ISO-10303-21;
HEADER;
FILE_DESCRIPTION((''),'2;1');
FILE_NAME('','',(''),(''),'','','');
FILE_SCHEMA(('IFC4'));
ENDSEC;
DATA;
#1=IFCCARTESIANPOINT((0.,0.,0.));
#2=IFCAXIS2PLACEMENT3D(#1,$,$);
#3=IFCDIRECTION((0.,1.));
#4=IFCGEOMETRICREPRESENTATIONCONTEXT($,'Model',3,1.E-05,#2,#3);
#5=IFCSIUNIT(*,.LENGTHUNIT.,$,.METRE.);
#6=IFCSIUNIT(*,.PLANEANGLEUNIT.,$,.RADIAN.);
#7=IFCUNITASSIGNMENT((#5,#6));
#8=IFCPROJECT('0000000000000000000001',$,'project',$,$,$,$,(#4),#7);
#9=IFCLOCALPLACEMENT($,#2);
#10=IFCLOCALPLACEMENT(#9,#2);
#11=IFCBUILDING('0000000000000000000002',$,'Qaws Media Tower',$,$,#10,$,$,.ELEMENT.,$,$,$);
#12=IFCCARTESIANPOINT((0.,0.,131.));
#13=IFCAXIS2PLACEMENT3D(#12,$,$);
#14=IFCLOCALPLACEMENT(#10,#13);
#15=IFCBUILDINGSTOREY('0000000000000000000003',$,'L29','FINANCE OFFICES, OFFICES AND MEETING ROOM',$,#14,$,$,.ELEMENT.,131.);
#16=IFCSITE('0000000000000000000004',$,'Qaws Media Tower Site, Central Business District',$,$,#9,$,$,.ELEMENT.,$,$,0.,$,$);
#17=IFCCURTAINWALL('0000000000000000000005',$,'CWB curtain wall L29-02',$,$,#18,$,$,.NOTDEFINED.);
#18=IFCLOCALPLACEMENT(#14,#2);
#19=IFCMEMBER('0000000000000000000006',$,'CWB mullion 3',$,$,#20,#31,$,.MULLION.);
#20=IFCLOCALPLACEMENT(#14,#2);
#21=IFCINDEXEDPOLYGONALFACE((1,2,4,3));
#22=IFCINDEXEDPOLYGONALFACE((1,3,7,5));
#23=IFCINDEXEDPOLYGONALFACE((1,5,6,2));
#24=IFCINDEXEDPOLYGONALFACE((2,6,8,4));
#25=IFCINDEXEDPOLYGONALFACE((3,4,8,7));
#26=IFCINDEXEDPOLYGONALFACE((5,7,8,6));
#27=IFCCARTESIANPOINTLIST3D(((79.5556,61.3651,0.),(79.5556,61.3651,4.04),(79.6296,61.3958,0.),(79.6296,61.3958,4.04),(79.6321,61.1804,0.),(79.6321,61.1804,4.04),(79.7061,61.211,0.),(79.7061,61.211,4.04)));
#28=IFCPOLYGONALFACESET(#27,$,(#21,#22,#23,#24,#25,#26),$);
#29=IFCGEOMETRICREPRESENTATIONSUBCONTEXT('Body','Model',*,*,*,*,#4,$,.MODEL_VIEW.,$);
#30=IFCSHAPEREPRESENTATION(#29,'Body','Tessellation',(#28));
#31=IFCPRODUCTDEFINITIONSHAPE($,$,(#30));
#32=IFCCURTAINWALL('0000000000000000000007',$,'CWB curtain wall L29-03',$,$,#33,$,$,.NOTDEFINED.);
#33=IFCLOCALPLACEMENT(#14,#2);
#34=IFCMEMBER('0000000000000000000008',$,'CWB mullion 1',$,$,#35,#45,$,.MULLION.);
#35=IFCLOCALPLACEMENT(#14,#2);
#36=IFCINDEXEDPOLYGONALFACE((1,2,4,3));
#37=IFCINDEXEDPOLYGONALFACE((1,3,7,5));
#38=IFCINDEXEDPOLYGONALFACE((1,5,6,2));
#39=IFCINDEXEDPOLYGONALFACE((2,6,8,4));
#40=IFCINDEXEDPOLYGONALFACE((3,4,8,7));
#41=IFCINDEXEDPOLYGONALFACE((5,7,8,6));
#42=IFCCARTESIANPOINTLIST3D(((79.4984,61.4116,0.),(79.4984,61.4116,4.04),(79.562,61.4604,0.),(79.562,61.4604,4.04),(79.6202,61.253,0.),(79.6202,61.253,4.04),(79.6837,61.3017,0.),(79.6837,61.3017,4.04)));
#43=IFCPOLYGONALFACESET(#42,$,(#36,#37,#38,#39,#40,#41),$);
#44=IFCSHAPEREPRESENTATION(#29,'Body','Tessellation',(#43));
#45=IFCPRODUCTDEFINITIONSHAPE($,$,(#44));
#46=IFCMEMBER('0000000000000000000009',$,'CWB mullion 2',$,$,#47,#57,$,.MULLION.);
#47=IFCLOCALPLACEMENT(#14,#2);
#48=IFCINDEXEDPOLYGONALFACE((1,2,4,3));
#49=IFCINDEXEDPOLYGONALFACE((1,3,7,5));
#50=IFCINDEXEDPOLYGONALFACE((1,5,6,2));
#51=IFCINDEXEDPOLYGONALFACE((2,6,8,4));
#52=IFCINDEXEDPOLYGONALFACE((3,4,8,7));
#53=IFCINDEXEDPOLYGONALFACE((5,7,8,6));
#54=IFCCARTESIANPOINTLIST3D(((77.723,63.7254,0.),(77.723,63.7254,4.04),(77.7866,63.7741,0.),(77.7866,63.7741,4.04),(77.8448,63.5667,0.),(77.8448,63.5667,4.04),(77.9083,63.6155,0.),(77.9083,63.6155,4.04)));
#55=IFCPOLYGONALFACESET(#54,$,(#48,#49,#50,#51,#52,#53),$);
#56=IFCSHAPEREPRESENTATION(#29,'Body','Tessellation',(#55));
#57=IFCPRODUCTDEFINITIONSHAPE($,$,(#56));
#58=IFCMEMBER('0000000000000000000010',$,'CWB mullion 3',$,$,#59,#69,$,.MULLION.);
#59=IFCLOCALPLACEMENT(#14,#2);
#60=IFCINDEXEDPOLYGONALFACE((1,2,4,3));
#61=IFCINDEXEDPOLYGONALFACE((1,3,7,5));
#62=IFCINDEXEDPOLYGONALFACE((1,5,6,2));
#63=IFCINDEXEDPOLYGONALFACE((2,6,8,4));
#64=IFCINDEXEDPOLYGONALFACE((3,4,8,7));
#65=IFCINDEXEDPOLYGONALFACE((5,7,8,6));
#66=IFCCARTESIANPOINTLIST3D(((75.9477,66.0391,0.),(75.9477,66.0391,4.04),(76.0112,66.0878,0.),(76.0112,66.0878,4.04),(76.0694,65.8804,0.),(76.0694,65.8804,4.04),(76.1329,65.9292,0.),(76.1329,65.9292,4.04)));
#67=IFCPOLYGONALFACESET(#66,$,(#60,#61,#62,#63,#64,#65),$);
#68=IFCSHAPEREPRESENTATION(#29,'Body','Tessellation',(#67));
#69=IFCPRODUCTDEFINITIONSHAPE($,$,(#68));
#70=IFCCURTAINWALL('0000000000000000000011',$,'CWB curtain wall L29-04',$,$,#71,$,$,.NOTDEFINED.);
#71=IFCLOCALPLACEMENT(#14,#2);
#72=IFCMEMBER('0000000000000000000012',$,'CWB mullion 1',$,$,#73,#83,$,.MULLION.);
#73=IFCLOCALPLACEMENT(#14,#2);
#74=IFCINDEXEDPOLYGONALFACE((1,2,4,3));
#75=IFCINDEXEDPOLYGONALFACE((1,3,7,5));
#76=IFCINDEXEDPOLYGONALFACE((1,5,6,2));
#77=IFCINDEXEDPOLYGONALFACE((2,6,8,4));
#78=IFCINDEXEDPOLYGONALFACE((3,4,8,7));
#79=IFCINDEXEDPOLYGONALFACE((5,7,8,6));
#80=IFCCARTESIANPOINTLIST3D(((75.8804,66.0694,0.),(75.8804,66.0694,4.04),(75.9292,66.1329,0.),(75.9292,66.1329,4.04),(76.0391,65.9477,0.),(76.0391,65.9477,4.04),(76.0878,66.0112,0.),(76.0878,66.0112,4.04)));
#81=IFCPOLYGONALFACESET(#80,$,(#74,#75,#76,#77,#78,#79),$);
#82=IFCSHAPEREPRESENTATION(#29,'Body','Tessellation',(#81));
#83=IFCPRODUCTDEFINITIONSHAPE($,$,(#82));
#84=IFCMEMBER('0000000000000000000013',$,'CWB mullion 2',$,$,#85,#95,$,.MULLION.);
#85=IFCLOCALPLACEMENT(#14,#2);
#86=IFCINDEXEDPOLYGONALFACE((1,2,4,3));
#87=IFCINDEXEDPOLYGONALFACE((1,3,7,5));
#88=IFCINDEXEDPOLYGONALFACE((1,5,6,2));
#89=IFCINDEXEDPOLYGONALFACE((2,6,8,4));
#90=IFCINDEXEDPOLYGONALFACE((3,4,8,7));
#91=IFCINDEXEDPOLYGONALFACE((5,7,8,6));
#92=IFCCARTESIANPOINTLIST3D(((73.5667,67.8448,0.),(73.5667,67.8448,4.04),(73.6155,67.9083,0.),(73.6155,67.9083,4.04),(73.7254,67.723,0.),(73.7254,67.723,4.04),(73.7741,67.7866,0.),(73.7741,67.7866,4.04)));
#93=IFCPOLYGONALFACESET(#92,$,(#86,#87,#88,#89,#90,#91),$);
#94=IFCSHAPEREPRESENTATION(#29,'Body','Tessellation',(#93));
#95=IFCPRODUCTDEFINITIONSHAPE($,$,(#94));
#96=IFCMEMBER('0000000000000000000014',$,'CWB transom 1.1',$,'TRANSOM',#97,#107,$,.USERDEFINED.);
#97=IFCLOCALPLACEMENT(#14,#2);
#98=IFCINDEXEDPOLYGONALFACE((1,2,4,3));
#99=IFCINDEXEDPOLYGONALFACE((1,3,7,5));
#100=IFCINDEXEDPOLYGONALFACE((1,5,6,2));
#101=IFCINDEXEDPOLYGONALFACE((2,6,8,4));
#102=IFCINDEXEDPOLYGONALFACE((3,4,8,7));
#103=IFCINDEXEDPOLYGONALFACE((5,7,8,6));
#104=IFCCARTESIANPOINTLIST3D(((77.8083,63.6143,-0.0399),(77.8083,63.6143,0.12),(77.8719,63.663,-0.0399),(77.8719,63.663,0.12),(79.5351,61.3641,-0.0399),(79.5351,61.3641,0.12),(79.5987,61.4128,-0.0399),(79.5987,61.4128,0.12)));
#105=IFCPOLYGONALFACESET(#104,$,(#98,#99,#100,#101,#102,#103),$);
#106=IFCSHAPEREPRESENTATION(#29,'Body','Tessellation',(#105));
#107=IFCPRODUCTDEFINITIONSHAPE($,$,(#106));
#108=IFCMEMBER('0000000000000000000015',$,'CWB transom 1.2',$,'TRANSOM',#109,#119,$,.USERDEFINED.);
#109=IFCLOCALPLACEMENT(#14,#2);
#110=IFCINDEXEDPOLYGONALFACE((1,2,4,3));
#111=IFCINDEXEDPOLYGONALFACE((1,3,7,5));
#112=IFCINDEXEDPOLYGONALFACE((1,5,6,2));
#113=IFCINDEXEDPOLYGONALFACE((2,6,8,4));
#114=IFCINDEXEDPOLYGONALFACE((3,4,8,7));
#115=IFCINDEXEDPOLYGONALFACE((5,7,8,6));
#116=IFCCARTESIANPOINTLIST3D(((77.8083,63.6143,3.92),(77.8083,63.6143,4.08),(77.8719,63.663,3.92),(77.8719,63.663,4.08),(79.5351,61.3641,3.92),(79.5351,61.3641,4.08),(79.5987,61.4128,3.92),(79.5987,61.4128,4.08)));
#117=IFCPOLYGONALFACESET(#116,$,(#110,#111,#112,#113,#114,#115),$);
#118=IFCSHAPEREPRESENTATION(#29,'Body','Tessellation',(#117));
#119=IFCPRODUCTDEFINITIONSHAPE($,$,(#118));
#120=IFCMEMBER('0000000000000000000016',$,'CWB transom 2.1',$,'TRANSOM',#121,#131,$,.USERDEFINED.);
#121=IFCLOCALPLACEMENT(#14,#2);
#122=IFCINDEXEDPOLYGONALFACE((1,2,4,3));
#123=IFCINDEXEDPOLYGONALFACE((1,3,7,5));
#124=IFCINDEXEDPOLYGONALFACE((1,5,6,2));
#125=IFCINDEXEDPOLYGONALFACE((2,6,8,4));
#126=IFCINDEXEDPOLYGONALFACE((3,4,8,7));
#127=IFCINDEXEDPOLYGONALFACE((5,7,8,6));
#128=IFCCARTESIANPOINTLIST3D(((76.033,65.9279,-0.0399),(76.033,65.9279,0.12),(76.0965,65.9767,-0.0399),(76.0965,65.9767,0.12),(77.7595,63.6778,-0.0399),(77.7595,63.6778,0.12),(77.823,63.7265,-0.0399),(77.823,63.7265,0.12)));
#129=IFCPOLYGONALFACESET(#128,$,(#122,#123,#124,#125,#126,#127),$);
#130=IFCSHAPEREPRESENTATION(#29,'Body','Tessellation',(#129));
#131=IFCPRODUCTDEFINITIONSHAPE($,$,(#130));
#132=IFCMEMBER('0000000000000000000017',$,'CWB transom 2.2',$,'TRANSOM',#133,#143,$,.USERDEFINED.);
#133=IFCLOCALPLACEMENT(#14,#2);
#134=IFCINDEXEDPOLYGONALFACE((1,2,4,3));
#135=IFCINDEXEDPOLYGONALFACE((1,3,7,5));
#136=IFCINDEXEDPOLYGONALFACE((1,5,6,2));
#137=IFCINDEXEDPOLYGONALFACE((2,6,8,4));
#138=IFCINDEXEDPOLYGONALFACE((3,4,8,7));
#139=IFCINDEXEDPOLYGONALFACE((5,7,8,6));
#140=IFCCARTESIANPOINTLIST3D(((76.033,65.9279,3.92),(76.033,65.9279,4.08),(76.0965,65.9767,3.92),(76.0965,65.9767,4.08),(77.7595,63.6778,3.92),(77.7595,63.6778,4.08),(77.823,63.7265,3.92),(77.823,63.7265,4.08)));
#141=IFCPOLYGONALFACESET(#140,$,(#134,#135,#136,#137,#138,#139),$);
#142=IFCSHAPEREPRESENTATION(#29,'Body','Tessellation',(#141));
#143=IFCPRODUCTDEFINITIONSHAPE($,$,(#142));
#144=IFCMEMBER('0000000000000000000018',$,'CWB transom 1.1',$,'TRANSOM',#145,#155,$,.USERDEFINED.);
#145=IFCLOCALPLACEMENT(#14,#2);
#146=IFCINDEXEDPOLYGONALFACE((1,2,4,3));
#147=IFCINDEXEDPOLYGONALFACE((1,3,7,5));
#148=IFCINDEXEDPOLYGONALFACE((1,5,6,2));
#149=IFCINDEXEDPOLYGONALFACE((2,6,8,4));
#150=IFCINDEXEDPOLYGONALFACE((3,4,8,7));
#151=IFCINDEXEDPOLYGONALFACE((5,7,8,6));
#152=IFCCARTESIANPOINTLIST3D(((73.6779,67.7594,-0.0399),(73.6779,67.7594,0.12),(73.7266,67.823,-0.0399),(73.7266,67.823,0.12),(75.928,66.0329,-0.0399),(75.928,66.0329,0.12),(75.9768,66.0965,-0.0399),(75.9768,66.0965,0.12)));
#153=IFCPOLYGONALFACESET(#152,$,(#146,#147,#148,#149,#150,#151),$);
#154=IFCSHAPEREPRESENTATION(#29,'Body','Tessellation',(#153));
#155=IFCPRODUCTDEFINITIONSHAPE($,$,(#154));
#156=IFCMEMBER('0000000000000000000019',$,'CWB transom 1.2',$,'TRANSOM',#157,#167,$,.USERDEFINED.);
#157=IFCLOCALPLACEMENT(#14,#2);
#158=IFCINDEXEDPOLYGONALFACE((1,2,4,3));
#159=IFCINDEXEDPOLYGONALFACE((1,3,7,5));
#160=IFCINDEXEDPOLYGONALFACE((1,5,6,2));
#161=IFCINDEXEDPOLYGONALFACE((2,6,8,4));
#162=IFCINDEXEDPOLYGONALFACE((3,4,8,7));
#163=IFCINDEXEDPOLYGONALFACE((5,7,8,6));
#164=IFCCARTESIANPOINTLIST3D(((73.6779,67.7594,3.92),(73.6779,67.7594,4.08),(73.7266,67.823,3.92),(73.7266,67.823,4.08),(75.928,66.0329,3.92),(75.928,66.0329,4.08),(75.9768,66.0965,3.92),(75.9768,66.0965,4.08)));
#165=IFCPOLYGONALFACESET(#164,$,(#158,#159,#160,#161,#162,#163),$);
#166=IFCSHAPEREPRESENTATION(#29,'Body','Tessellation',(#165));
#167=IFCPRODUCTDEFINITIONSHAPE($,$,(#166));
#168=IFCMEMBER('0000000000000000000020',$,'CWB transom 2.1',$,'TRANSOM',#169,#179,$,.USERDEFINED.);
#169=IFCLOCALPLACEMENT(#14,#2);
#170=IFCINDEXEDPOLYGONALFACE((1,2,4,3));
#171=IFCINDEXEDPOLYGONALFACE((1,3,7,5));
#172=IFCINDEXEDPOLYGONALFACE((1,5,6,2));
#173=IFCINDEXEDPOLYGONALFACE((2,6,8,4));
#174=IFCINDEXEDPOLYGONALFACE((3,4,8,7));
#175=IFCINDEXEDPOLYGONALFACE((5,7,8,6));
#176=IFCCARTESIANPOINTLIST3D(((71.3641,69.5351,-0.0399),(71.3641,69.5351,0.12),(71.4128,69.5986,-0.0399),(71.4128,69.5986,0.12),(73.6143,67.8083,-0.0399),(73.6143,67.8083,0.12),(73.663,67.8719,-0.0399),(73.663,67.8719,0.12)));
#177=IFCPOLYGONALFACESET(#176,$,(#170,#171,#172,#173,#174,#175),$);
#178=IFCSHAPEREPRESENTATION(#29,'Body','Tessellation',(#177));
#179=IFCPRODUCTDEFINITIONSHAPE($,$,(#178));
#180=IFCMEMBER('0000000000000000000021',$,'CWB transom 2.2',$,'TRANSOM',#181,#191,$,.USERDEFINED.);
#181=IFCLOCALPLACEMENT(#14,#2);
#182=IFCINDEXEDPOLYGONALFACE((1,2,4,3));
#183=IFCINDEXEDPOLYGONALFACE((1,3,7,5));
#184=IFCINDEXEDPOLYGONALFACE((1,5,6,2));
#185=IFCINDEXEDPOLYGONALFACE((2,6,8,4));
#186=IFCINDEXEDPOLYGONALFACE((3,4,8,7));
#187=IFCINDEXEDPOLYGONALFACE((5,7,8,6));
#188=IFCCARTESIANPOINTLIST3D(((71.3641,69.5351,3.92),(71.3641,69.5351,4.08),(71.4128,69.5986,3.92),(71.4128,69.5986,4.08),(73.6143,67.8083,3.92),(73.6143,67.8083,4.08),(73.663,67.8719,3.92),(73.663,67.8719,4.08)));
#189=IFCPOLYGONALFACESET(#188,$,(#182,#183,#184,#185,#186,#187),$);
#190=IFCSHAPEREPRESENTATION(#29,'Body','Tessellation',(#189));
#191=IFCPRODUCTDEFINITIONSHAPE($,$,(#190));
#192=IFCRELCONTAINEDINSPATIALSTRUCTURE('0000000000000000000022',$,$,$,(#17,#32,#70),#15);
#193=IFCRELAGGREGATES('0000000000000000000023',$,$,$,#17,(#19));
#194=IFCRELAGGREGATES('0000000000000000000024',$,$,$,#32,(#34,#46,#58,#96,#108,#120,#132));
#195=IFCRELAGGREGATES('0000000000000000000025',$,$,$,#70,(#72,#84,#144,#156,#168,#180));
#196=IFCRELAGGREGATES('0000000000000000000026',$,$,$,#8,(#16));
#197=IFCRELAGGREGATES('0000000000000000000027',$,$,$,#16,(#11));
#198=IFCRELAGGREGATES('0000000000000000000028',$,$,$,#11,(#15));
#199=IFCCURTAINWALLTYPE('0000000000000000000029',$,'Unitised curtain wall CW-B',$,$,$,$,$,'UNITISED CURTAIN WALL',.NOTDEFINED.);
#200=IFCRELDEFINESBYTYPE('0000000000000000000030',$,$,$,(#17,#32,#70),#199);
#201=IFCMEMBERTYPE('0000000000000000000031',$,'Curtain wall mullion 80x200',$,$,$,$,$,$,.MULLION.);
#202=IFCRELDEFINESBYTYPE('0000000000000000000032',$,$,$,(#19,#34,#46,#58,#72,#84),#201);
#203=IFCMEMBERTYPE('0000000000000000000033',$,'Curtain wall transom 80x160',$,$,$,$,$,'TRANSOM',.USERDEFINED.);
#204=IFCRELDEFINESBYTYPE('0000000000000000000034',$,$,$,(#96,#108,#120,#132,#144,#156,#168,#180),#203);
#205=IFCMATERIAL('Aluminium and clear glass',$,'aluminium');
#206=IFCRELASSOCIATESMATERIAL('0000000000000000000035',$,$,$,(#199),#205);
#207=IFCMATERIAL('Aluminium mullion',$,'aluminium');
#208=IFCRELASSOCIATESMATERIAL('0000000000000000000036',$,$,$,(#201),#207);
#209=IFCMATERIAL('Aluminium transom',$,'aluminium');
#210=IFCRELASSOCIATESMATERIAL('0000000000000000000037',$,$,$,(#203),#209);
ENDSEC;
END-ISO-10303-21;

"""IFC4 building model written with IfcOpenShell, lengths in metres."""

from ifc_helpers import new_model, si_unit, direction, frame, origin, origin_2d, place, context, subcontext, project, spatial, rectangle, extrude, material, material_profile, profile_set, type_object, element, aggregate, save


model = new_model("IFC4")

# Units and contexts
model_context = context("Model", 3, precision=1e-05, world=origin(), true_north=direction((0.0, 1.0)))
body_context = subcontext(model_context, "Body", "Model", "MODEL_VIEW")
ifc_project = project(units=[si_unit("LENGTHUNIT", "METRE"), si_unit("PLANEANGLEUNIT", "RADIAN")], contexts=[model_context])

# Site, building, storey
site_placement = place(None, origin())
site = spatial("IfcSite", under=ifc_project, at=site_placement, Name="Qaws Media Tower Site, Central Business District", CompositionType="ELEMENT", RefElevation=0.0)
building_placement = place(site_placement, origin())
building = spatial("IfcBuilding", under=site, at=building_placement, Name="Qaws Media Tower", CompositionType="ELEMENT")
storey_placement = place(building_placement, frame((0.0, 0.0, 131.0)))
storey = spatial("IfcBuildingStorey", under=building, at=storey_placement, Name="L29", Description="FINANCE OFFICES, OFFICES AND MEETING ROOM", CompositionType="ELEMENT", Elevation=131.0)

# Curtain wall, member
ifc_material_1 = material(Name="Aluminium and clear glass", Category="aluminium")
curtain_wall_type = type_object("IfcCurtainWallType", Name="Unitised curtain wall CW-B", ElementType="UNITISED CURTAIN WALL", PredefinedType="NOTDEFINED", material=ifc_material_1)
curtain_wall_1_placement = place(storey_placement, origin())
curtain_wall_1 = element("IfcCurtainWall", 1, at=curtain_wall_1_placement, inside=storey, type_object=curtain_wall_type, Name="CWB curtain wall L29-02", PredefinedType="NOTDEFINED")
ifc_material_2 = material(Name="Aluminium mullion", Category="aluminium")
ifc_material_profile_1 = material_profile(ifc_material_2, rectangle(XDim=0.0801, YDim=0.2, at=origin_2d()), Name="80x200")
ifc_profile_set_1 = profile_set([ifc_material_profile_1], Name="Aluminium mullion")
member_type_1 = type_object("IfcMemberType", Name="Curtain wall mullion 80x200", PredefinedType="MULLION", material=ifc_profile_set_1)
member_1_placement = place(storey_placement, frame((79.6309, 61.2881, 0.0), z_axis=(0.0, 0.0, 1.0), x_axis=(-0.92388, -0.382683, 0.0)))
member_1 = element("IfcMember", 2, at=member_1_placement, type_object=member_type_1, Name="CWB mullion 3", PredefinedType="MULLION", context=body_context, shape_type="SweptSolid", body=[
    extrude(rectangle(XDim=0.0801, YDim=0.2, at=origin_2d()), origin(), (0.0, 0.0, 1.0), 4.04),
])
aggregate(curtain_wall_1, [member_1])

# Curtain walls, members
curtain_wall_2_placement = place(storey_placement, origin())
curtain_wall_2 = element("IfcCurtainWall", 3, at=curtain_wall_2_placement, inside=storey, type_object=curtain_wall_type, Name="CWB curtain wall L29-03", PredefinedType="NOTDEFINED")
member_2_placement = place(storey_placement, frame((79.5911, 61.3567, 0.0), z_axis=(0.0, 0.0, 1.0), x_axis=(-0.793353, -0.608761, 0.0)))
member_2 = element("IfcMember", 4, at=member_2_placement, type_object=member_type_1, Name="CWB mullion 1", PredefinedType="MULLION", context=body_context, shape_type="SweptSolid", body=[
    extrude(rectangle(XDim=0.0801, YDim=0.2, at=origin_2d()), origin(), (0.0, 0.0, 1.0), 4.04),
])
member_3_placement = place(storey_placement, frame((77.8157, 63.6704, 0.0), z_axis=(0.0, 0.0, 1.0), x_axis=(-0.793353, -0.608761, 0.0)))
member_3 = element("IfcMember", 5, at=member_3_placement, type_object=member_type_1, Name="CWB mullion 2", PredefinedType="MULLION", context=body_context, shape_type="SweptSolid", body=[
    extrude(rectangle(XDim=0.0801, YDim=0.2, at=origin_2d()), origin(), (0.0, 0.0, 1.0), 4.04),
])
member_4_placement = place(storey_placement, frame((76.0403, 65.9841, 0.0), z_axis=(0.0, 0.0, 1.0), x_axis=(-0.793353, -0.608761, 0.0)))
member_4 = element("IfcMember", 6, at=member_4_placement, type_object=member_type_1, Name="CWB mullion 3", PredefinedType="MULLION", context=body_context, shape_type="SweptSolid", body=[
    extrude(rectangle(XDim=0.0801, YDim=0.2, at=origin_2d()), origin(), (0.0, 0.0, 1.0), 4.04),
])
curtain_wall_3_placement = place(storey_placement, origin())
curtain_wall_3 = element("IfcCurtainWall", 7, at=curtain_wall_3_placement, inside=storey, type_object=curtain_wall_type, Name="CWB curtain wall L29-04", PredefinedType="NOTDEFINED")
member_5_placement = place(storey_placement, frame((75.9841, 66.0403, 0.0), z_axis=(0.0, 0.0, 1.0), x_axis=(-0.608761, -0.793353, 0.0)))
member_5 = element("IfcMember", 8, at=member_5_placement, type_object=member_type_1, Name="CWB mullion 1", PredefinedType="MULLION", context=body_context, shape_type="SweptSolid", body=[
    extrude(rectangle(XDim=0.0801, YDim=0.2, at=origin_2d()), origin(), (0.0, 0.0, 1.0), 4.04),
])
member_6_placement = place(storey_placement, frame((73.6704, 67.8157, 0.0), z_axis=(0.0, 0.0, 1.0), x_axis=(-0.608761, -0.793353, 0.0)))
member_6 = element("IfcMember", 9, at=member_6_placement, type_object=member_type_1, Name="CWB mullion 2", PredefinedType="MULLION", context=body_context, shape_type="SweptSolid", body=[
    extrude(rectangle(XDim=0.0801, YDim=0.2, at=origin_2d()), origin(), (0.0, 0.0, 1.0), 4.04),
])

# Members
ifc_material_3 = material(Name="Aluminium transom", Category="aluminium")
ifc_material_profile_2 = material_profile(ifc_material_3, rectangle(XDim=0.0801, YDim=0.1599, at=origin_2d()), Name="80x160")
ifc_profile_set_2 = profile_set([ifc_material_profile_2], Name="Aluminium transom")
member_type_2 = type_object("IfcMemberType", Name="Curtain wall transom 80x160", ElementType="TRANSOM", PredefinedType="USERDEFINED", material=ifc_profile_set_2)
member_7_placement = place(storey_placement, frame((79.5669, 61.3884, 0.04), z_axis=(-0.608791, 0.793331, 0.0), x_axis=(-0.793331, -0.608791, 0.0)))
member_7 = element("IfcMember", 10, at=member_7_placement, type_object=member_type_2, Name="CWB transom 1.1", ObjectType="TRANSOM", PredefinedType="USERDEFINED", context=body_context, shape_type="SweptSolid", body=[
    extrude(rectangle(XDim=0.0801, YDim=0.1599, at=origin_2d()), origin(), (0.0, 0.0, 1.0), 2.8364),
])
member_8_placement = place(storey_placement, frame((79.5669, 61.3884, 4.0), z_axis=(-0.608791, 0.793331, 0.0), x_axis=(-0.793331, -0.608791, 0.0)))
member_8 = element("IfcMember", 11, at=member_8_placement, type_object=member_type_2, Name="CWB transom 1.2", ObjectType="TRANSOM", PredefinedType="USERDEFINED", context=body_context, shape_type="SweptSolid", body=[
    extrude(rectangle(XDim=0.0801, YDim=0.1599, at=origin_2d()), origin(), (0.0, 0.0, 1.0), 2.8364),
])
member_9_placement = place(storey_placement, frame((77.7913, 63.7021, 0.04), z_axis=(-0.608737, 0.793372, 0.0), x_axis=(-0.793372, -0.608737, 0.0)))
member_9 = element("IfcMember", 12, at=member_9_placement, type_object=member_type_2, Name="CWB transom 2.1", ObjectType="TRANSOM", PredefinedType="USERDEFINED", context=body_context, shape_type="SweptSolid", body=[
    extrude(rectangle(XDim=0.0801, YDim=0.1599, at=origin_2d()), origin(), (0.0, 0.0, 1.0), 2.8362),
])
member_10_placement = place(storey_placement, frame((77.7913, 63.7021, 4.0), z_axis=(-0.608737, 0.793372, 0.0), x_axis=(-0.793372, -0.608737, 0.0)))
member_10 = element("IfcMember", 13, at=member_10_placement, type_object=member_type_2, Name="CWB transom 2.2", ObjectType="TRANSOM", PredefinedType="USERDEFINED", context=body_context, shape_type="SweptSolid", body=[
    extrude(rectangle(XDim=0.0801, YDim=0.1599, at=origin_2d()), origin(), (0.0, 0.0, 1.0), 2.8362),
])
member_11_placement = place(storey_placement, frame((75.9524, 66.0647, 0.04), z_axis=(-0.793372, 0.608737, 0.0), x_axis=(-0.608737, -0.793372, 0.0)))
member_11 = element("IfcMember", 14, at=member_11_placement, type_object=member_type_2, Name="CWB transom 1.1", ObjectType="TRANSOM", PredefinedType="USERDEFINED", context=body_context, shape_type="SweptSolid", body=[
    extrude(rectangle(XDim=0.0801, YDim=0.1599, at=origin_2d()), origin(), (0.0, 0.0, 1.0), 2.8362),
])
member_12_placement = place(storey_placement, frame((75.9524, 66.0647, 4.0), z_axis=(-0.793372, 0.608737, 0.0), x_axis=(-0.608737, -0.793372, 0.0)))
member_12 = element("IfcMember", 15, at=member_12_placement, type_object=member_type_2, Name="CWB transom 1.2", ObjectType="TRANSOM", PredefinedType="USERDEFINED", context=body_context, shape_type="SweptSolid", body=[
    extrude(rectangle(XDim=0.0801, YDim=0.1599, at=origin_2d()), origin(), (0.0, 0.0, 1.0), 2.8362),
])
member_13_placement = place(storey_placement, frame((73.6387, 67.8401, 0.04), z_axis=(-0.793331, 0.608791, 0.0), x_axis=(-0.608791, -0.793331, 0.0)))
member_13 = element("IfcMember", 16, at=member_13_placement, type_object=member_type_2, Name="CWB transom 2.1", ObjectType="TRANSOM", PredefinedType="USERDEFINED", context=body_context, shape_type="SweptSolid", body=[
    extrude(rectangle(XDim=0.0801, YDim=0.1599, at=origin_2d()), origin(), (0.0, 0.0, 1.0), 2.8364),
])
member_14_placement = place(storey_placement, frame((73.6387, 67.8401, 4.0), z_axis=(-0.793331, 0.608791, 0.0), x_axis=(-0.608791, -0.793331, 0.0)))
member_14 = element("IfcMember", 17, at=member_14_placement, type_object=member_type_2, Name="CWB transom 2.2", ObjectType="TRANSOM", PredefinedType="USERDEFINED", context=body_context, shape_type="SweptSolid", body=[
    extrude(rectangle(XDim=0.0801, YDim=0.1599, at=origin_2d()), origin(), (0.0, 0.0, 1.0), 2.8364),
])

aggregate(curtain_wall_2, [member_2, member_3, member_4, member_7, member_8, member_9, member_10])
aggregate(curtain_wall_3, [member_5, member_6, member_11, member_12, member_13, member_14])

save(model, "model.ifc")
